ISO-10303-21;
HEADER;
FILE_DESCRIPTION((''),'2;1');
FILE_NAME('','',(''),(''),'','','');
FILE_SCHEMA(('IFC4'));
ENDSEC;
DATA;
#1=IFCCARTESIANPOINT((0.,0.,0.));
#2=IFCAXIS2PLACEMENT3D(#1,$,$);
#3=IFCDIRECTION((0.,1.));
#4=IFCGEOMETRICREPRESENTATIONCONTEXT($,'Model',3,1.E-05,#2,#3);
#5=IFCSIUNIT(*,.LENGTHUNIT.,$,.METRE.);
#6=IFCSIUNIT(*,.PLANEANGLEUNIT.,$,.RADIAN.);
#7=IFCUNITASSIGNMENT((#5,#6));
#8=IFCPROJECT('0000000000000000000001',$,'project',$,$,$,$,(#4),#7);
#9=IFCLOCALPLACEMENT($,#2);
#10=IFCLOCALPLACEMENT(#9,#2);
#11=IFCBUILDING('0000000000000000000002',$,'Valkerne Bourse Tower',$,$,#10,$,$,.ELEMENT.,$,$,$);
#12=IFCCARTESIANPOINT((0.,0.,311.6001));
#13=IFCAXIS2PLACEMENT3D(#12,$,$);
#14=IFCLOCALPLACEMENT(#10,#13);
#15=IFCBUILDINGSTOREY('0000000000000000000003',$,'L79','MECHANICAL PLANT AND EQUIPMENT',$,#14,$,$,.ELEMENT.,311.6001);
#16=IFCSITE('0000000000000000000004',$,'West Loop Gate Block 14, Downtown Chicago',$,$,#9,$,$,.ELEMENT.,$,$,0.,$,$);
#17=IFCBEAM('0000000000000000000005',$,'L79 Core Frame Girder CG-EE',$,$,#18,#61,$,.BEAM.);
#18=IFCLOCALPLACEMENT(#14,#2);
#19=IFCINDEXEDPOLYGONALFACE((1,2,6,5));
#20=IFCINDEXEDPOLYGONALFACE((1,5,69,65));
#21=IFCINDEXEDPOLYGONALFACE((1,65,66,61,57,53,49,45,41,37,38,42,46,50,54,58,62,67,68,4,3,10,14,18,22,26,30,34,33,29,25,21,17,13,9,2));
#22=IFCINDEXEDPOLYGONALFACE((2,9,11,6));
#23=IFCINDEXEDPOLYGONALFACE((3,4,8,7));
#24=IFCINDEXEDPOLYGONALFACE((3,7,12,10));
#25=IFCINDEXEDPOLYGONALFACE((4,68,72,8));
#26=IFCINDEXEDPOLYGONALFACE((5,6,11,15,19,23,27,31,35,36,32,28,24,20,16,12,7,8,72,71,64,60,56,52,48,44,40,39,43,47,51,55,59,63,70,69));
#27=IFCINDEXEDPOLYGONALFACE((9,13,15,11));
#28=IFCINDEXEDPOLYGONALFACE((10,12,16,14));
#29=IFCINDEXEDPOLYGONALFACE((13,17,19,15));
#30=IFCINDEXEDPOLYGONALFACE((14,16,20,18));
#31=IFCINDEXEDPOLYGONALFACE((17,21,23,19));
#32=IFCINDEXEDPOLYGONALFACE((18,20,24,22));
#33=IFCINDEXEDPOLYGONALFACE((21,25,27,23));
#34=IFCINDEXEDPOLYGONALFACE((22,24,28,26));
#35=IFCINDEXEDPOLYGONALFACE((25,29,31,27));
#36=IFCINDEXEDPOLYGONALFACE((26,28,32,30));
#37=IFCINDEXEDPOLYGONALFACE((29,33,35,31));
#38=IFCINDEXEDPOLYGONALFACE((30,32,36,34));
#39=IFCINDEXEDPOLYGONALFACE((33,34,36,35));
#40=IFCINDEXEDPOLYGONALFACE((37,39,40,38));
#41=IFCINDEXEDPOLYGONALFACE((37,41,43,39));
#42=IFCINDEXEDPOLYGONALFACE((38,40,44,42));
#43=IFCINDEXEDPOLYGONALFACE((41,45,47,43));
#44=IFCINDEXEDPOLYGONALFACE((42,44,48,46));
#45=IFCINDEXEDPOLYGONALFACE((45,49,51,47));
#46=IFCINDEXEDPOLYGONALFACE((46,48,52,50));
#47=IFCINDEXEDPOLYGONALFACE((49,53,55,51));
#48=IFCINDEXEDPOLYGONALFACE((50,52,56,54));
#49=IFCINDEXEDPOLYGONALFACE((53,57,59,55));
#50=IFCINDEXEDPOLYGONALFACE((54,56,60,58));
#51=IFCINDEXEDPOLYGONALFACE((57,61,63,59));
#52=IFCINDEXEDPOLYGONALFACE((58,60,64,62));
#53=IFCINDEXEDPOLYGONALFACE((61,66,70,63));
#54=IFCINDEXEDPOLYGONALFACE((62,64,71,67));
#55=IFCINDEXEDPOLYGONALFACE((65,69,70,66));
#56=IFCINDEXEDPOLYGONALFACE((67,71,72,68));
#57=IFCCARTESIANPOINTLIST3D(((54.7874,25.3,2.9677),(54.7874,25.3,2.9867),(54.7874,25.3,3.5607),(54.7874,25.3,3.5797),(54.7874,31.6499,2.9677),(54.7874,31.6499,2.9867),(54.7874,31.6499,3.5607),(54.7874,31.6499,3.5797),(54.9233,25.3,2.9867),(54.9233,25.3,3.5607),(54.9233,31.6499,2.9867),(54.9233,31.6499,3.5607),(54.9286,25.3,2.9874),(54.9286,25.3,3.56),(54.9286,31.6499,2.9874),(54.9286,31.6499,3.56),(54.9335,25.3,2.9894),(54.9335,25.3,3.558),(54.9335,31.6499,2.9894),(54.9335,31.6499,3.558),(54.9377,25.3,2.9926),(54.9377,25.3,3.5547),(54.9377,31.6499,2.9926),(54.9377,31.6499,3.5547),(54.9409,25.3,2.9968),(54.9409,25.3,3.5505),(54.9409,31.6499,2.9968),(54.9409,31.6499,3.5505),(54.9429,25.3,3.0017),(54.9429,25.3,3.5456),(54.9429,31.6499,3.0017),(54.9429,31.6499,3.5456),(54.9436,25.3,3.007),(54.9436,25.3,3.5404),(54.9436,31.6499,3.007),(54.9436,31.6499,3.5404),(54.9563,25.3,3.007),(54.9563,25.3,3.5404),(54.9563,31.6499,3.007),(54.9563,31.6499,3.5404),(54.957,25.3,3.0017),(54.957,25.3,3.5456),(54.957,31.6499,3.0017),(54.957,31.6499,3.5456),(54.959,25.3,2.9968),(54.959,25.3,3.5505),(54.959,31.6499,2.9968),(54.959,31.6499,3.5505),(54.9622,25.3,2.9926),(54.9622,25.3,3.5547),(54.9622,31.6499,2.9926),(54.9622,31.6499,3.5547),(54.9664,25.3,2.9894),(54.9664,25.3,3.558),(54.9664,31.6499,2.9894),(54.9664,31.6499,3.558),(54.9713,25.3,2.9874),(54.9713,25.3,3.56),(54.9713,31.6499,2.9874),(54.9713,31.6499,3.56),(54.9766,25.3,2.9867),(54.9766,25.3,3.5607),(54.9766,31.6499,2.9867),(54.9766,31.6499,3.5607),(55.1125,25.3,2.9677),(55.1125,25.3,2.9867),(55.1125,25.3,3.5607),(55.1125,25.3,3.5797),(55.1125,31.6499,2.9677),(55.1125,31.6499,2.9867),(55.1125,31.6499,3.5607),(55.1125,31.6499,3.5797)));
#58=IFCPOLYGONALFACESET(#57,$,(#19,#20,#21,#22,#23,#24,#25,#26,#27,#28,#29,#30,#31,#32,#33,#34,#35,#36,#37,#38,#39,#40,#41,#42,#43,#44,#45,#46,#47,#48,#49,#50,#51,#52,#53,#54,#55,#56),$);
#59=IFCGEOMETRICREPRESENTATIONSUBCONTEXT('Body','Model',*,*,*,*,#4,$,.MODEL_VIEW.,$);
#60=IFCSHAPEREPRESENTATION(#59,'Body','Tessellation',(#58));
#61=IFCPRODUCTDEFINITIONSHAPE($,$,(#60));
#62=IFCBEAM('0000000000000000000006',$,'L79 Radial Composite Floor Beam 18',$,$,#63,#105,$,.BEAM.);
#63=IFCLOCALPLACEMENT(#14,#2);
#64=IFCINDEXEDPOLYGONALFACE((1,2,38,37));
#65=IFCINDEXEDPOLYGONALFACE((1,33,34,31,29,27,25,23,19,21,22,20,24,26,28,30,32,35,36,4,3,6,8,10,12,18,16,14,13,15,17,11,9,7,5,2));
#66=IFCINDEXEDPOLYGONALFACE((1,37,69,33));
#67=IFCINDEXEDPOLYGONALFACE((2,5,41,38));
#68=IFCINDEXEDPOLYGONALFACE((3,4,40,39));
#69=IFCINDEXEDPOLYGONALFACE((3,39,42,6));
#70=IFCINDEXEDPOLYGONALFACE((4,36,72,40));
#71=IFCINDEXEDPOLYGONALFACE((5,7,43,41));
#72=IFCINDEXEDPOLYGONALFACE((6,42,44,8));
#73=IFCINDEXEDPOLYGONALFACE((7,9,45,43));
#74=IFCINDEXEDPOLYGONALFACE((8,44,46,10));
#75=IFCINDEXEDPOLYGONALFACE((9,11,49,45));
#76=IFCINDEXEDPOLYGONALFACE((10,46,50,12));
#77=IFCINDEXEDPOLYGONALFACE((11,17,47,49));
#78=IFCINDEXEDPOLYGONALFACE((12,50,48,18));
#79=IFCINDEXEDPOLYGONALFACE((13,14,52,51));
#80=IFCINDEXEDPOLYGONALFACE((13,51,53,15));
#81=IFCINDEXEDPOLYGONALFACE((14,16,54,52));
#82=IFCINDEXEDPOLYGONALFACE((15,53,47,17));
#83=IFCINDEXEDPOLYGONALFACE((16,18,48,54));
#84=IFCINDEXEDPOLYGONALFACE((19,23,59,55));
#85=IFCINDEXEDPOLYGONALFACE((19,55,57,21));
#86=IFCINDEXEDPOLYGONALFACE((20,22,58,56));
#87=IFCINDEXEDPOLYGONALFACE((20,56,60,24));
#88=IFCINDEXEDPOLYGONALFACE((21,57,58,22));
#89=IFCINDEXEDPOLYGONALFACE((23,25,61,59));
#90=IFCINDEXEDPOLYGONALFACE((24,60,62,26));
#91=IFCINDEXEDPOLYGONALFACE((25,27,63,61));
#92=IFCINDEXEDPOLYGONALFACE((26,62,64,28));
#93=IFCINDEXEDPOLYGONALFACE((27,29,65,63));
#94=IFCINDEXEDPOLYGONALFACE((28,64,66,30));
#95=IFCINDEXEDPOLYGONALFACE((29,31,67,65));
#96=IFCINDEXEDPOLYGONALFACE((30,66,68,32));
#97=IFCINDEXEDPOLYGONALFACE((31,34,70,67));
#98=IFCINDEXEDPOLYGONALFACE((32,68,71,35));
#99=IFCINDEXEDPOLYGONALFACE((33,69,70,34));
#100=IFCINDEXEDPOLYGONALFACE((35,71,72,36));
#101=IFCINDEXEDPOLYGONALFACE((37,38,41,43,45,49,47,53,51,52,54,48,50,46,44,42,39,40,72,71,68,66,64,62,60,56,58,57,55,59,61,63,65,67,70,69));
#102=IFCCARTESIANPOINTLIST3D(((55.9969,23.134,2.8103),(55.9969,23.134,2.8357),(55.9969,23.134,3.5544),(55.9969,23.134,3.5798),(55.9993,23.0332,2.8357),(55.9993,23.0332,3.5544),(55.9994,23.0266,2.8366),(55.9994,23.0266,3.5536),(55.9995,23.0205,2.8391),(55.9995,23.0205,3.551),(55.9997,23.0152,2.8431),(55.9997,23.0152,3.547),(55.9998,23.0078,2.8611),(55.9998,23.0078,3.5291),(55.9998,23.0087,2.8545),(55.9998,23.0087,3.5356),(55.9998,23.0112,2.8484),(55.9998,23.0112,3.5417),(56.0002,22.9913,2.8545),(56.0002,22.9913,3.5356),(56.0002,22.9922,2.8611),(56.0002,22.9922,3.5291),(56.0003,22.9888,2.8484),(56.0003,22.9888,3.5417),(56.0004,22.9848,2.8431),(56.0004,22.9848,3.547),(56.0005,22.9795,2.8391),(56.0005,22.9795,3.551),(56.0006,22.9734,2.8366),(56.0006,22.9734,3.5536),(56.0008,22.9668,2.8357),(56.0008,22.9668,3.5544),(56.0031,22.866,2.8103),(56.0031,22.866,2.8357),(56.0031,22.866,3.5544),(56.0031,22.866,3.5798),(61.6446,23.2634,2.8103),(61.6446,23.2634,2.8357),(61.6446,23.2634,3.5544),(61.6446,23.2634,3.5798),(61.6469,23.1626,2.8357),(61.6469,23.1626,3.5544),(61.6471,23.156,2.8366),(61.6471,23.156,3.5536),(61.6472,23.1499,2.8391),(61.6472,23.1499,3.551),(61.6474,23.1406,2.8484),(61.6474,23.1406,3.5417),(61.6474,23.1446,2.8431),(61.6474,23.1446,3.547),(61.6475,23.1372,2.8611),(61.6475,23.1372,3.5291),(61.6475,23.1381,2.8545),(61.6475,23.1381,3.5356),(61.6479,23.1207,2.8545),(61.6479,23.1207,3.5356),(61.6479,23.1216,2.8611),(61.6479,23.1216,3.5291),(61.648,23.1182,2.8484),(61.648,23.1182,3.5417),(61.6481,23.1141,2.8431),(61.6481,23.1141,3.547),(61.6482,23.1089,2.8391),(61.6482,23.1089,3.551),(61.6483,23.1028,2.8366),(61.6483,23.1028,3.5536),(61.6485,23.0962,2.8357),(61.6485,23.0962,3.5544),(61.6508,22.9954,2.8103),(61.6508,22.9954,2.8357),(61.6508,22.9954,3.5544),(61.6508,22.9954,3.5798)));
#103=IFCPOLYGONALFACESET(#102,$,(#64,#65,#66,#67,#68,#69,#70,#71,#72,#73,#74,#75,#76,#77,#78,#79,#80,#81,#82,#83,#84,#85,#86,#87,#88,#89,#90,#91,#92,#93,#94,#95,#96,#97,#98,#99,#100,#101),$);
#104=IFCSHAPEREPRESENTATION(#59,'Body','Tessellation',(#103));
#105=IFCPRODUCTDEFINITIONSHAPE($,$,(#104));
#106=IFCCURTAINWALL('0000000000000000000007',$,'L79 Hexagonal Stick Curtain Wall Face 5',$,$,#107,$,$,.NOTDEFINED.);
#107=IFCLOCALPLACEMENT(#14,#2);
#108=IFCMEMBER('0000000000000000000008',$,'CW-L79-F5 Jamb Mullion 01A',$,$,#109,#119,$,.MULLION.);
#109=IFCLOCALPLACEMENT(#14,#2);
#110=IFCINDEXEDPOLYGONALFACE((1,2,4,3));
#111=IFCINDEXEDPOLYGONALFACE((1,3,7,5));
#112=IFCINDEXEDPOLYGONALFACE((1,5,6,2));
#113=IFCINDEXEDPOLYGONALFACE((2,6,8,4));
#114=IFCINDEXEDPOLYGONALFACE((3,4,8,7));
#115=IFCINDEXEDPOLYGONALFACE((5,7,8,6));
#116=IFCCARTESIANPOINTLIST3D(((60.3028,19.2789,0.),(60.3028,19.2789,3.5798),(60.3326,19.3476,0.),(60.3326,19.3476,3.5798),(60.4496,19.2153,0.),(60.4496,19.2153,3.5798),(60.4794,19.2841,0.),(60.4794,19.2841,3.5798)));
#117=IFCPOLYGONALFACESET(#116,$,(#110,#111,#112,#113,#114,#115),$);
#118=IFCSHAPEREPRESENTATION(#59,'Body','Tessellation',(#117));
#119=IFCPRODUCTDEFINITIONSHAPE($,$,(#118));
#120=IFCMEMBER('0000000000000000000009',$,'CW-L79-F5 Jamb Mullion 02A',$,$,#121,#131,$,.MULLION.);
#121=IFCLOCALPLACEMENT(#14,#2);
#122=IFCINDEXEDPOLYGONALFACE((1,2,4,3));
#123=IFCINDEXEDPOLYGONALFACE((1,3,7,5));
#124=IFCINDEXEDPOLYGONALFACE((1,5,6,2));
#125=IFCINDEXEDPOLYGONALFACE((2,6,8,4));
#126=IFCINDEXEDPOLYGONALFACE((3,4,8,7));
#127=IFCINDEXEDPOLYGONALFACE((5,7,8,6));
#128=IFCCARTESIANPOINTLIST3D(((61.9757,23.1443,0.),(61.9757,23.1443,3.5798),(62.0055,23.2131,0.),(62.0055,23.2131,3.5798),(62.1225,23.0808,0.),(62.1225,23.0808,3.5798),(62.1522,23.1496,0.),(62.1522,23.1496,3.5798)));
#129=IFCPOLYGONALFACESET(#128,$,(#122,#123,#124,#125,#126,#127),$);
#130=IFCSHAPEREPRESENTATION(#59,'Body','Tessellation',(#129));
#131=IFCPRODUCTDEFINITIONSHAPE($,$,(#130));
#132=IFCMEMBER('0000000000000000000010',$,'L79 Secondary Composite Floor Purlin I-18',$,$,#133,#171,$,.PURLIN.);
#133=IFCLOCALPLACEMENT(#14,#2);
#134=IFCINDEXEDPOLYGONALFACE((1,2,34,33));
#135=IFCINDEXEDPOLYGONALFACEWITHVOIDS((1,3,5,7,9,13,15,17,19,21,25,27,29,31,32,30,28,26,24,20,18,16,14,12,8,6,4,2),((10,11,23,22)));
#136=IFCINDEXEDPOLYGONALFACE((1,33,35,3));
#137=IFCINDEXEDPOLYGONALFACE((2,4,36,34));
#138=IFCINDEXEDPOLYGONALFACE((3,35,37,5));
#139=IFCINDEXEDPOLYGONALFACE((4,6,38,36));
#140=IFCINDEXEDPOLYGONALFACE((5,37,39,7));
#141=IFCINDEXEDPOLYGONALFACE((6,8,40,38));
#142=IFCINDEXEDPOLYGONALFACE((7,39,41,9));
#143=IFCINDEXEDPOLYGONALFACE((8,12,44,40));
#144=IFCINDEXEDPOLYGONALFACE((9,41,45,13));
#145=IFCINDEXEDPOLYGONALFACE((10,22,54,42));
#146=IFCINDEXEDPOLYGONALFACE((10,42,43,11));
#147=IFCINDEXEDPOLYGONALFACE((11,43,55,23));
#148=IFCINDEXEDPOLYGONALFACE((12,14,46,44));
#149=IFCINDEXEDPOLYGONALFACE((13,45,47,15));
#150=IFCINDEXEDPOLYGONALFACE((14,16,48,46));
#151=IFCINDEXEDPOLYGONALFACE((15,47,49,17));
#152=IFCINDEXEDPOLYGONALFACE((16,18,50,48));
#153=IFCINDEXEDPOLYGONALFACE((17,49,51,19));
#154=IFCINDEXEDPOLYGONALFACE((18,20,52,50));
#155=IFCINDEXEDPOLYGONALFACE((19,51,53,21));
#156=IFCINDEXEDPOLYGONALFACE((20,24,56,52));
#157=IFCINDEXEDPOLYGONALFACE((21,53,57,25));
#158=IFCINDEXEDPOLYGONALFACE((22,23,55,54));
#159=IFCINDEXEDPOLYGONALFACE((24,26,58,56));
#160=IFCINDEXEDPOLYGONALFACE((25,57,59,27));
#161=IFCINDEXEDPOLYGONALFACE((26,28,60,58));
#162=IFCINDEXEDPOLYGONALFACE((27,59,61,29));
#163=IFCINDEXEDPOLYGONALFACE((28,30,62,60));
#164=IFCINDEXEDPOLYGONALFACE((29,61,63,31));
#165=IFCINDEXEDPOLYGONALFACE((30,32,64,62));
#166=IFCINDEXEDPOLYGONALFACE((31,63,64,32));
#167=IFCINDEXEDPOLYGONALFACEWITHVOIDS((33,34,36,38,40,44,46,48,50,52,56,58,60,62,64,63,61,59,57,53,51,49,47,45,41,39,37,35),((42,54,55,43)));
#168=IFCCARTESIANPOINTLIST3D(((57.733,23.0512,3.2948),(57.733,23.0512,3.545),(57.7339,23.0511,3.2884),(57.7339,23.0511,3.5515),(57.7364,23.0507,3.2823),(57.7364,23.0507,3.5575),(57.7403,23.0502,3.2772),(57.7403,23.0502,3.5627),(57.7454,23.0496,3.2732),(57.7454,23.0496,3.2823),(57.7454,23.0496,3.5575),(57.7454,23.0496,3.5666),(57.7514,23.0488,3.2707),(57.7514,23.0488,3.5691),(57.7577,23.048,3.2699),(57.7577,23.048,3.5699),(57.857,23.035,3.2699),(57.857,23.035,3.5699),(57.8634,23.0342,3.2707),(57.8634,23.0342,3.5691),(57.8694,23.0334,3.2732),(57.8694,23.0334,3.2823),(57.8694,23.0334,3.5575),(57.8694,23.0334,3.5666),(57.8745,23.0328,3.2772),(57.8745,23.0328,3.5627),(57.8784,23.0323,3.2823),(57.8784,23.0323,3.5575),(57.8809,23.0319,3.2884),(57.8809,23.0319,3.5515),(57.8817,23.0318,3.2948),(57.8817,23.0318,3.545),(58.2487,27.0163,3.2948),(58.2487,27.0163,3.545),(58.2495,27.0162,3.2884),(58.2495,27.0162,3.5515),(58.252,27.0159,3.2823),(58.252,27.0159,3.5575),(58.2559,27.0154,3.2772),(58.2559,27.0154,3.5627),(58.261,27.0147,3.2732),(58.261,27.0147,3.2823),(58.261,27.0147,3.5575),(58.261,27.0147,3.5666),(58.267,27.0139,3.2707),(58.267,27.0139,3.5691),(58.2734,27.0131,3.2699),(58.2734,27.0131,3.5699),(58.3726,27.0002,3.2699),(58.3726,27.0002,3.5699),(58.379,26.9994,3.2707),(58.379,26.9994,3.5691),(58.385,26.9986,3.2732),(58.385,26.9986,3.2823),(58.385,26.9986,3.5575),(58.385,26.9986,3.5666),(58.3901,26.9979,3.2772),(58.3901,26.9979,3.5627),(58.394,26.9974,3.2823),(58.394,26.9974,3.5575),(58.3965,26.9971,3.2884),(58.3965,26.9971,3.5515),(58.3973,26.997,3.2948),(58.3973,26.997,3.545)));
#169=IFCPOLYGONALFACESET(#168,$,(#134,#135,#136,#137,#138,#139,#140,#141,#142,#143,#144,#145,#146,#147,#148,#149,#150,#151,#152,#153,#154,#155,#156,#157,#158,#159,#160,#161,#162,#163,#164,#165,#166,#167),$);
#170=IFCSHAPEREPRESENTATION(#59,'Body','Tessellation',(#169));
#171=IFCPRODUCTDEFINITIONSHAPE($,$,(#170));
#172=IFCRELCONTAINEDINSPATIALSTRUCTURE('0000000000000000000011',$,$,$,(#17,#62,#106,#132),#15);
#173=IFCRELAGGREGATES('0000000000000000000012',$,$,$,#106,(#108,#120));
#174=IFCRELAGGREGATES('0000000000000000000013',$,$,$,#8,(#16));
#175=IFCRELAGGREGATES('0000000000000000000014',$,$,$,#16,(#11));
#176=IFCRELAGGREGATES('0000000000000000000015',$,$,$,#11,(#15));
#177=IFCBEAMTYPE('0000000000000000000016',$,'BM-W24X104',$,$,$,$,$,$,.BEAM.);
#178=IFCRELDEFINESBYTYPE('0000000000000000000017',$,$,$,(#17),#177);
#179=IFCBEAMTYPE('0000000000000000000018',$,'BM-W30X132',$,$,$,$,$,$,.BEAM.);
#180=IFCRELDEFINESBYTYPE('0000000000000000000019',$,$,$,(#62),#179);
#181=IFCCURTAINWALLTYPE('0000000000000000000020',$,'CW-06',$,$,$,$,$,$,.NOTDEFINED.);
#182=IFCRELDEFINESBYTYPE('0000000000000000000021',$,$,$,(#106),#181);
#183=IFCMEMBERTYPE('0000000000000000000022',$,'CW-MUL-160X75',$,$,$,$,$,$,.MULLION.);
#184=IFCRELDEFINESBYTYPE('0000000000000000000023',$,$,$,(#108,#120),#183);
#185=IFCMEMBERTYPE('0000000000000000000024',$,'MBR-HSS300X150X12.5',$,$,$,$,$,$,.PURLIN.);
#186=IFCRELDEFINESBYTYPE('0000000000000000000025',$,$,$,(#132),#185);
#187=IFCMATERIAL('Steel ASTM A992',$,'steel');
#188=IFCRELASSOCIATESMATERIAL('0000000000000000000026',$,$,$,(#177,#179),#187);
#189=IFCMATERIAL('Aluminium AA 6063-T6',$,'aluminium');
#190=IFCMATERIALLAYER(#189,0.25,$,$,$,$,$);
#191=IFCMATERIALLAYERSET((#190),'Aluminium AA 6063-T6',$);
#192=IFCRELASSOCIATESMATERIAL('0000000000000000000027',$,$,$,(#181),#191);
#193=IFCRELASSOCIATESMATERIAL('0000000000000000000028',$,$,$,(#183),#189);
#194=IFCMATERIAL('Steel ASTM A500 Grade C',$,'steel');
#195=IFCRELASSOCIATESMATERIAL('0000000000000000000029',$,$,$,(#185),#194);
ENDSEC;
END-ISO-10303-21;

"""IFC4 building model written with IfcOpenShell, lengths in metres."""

from ifc_helpers import new_model, si_unit, direction, frame, origin, origin_2d, place, context, subcontext, project, spatial, rectangle, hollow_rectangle, i_section, extrude, material, layer, layer_set, material_profile, profile_set, type_object, element, aggregate, save


model = new_model("IFC4")

# Units and contexts
model_context = context("Model", 3, precision=1e-05, world=origin(), true_north=direction((0.0, 1.0)))
body_context = subcontext(model_context, "Body", "Model", "MODEL_VIEW")
ifc_project = project(units=[si_unit("LENGTHUNIT", "METRE"), si_unit("PLANEANGLEUNIT", "RADIAN")], contexts=[model_context])

# Site, building, storey
site_placement = place(None, origin())
site = spatial("IfcSite", under=ifc_project, at=site_placement, Name="West Loop Gate Block 14, Downtown Chicago", CompositionType="ELEMENT", RefElevation=0.0)
building_placement = place(site_placement, origin())
building = spatial("IfcBuilding", under=site, at=building_placement, Name="Valkerne Bourse Tower", CompositionType="ELEMENT")
storey_placement = place(building_placement, frame((0.0, 0.0, 311.6001)))
storey = spatial("IfcBuildingStorey", under=building, at=storey_placement, Name="L79", Description="MECHANICAL PLANT AND EQUIPMENT", CompositionType="ELEMENT", Elevation=311.6001)

# Shared definitions
ifc_material_1 = material(Name="Steel ASTM A500 Grade C", Category="steel")

# Beams
ifc_material_2 = material(Name="Steel ASTM A992", Category="steel")
ifc_material_profile_1 = material_profile(ifc_material_2, i_section(OverallWidth=0.3252, OverallDepth=0.6121, WebThickness=0.0127, FlangeThickness=0.019, FilletRadius=0.0203, at=origin_2d()), Name="W24X104")
ifc_profile_set_1 = profile_set([ifc_material_profile_1], Name="Steel ASTM A992")
beam_type_1 = type_object("IfcBeamType", Name="BM-W24X104", PredefinedType="BEAM", material=ifc_profile_set_1)
beam_1_placement = place(storey_placement, frame((54.95, 25.3, 3.2737), z_axis=(0.0, 1.0, 0.0), x_axis=(-1.0, 0.0, 0.0)))
element("IfcBeam", 1, at=beam_1_placement, inside=storey, type_object=beam_type_1, Name="L79 Core Frame Girder CG-EE", PredefinedType="BEAM", context=body_context, shape_type="SweptSolid", body=[
    extrude(i_section(OverallWidth=0.3252, OverallDepth=0.6121, WebThickness=0.0127, FlangeThickness=0.019, FilletRadius=0.0203, at=origin_2d()), origin(), (0.0, 0.0, 1.0), 6.3499),
])
ifc_material_profile_2 = material_profile(ifc_material_2, i_section(OverallWidth=0.2681, OverallDepth=0.7695, WebThickness=0.0156, FlangeThickness=0.0254, FilletRadius=0.0254, at=origin_2d()), Name="W30X132")
ifc_profile_set_2 = profile_set([ifc_material_profile_2], Name="Steel ASTM A992")
beam_type_2 = type_object("IfcBeamType", Name="BM-W30X132", PredefinedType="BEAM", material=ifc_profile_set_2)
beam_2_placement = place(storey_placement, frame((61.6477, 23.1294, 3.1951), z_axis=(-0.999738, -0.022905, 0.0), x_axis=(0.022905, -0.999738, 0.0)))
element("IfcBeam", 2, at=beam_2_placement, inside=storey, type_object=beam_type_2, Name="L79 Radial Composite Floor Beam 18", PredefinedType="BEAM", context=body_context, shape_type="SweptSolid", body=[
    extrude(i_section(OverallWidth=0.2681, OverallDepth=0.7695, WebThickness=0.0156, FlangeThickness=0.0254, FilletRadius=0.0254, at=origin_2d()), origin(), (0.0, 0.0, 1.0), 5.6492),
])

# Curtain wall, members
ifc_material_3 = material(Name="Aluminium AA 6063-T6", Category="aluminium")
ifc_layer_1 = layer(ifc_material_3, 0.25)
ifc_layer_set_1 = layer_set([ifc_layer_1], Name="Aluminium AA 6063-T6")
curtain_wall_type = type_object("IfcCurtainWallType", Name="CW-06", PredefinedType="NOTDEFINED", material=ifc_layer_set_1)
curtain_wall_placement = place(storey_placement, origin())
curtain_wall = element("IfcCurtainWall", 3, at=curtain_wall_placement, inside=storey, type_object=curtain_wall_type, Name="L79 Hexagonal Stick Curtain Wall Face 5", PredefinedType="NOTDEFINED")
ifc_material_profile_3 = material_profile(ifc_material_3, rectangle(XDim=0.075, YDim=0.1599, at=origin_2d()), Name="CWM-75X160")
ifc_profile_set_3 = profile_set([ifc_material_profile_3], Name="Aluminium AA 6063-T6")
member_type_1 = type_object("IfcMemberType", Name="CW-MUL-160X75", PredefinedType="MULLION", material=ifc_profile_set_3)
member_1_placement = place(storey_placement, frame((60.3911, 19.2815, 0.0), z_axis=(0.0, 0.0, 1.0), x_axis=(0.397158, 0.91775, 0.0)))
member_1 = element("IfcMember", 4, at=member_1_placement, type_object=member_type_1, Name="CW-L79-F5 Jamb Mullion 01A", PredefinedType="MULLION", context=body_context, shape_type="SweptSolid", body=[
    extrude(rectangle(XDim=0.075, YDim=0.1599, at=origin_2d()), origin(), (0.0, 0.0, 1.0), 3.5798),
])
member_2_placement = place(storey_placement, frame((62.064, 23.147, 0.0), z_axis=(0.0, 0.0, 1.0), x_axis=(0.397149, 0.917754, 0.0)))
member_2 = element("IfcMember", 5, at=member_2_placement, type_object=member_type_1, Name="CW-L79-F5 Jamb Mullion 02A", PredefinedType="MULLION", context=body_context, shape_type="SweptSolid", body=[
    extrude(rectangle(XDim=0.075, YDim=0.1599, at=origin_2d()), origin(), (0.0, 0.0, 1.0), 3.5798),
])

# Member
ifc_material_profile_4 = material_profile(ifc_material_1, hollow_rectangle(XDim=0.1499, YDim=0.3, WallThickness=0.0125, OuterFilletRadius=0.0249, at=origin_2d()), Name="HSS300X150X12.5")
ifc_profile_set_4 = profile_set([ifc_material_profile_4], Name="Steel ASTM A500 Grade C")
member_type_2 = type_object("IfcMemberType", Name="MBR-HSS300X150X12.5", PredefinedType="PURLIN", material=ifc_profile_set_4)
member_3_placement = place(storey_placement, frame((57.8074, 23.0415, 3.4199), z_axis=(0.128955, 0.99165, 0.0), x_axis=(-0.99165, 0.128955, 0.0)))
element("IfcMember", 6, at=member_3_placement, inside=storey, type_object=member_type_2, Name="L79 Secondary Composite Floor Purlin I-18", PredefinedType="PURLIN", context=body_context, shape_type="SweptSolid", body=[
    extrude(hollow_rectangle(XDim=0.1499, YDim=0.3, WallThickness=0.0125, OuterFilletRadius=0.0249, at=origin_2d()), origin(), (0.0, 0.0, 1.0), 3.9985),
])

aggregate(curtain_wall, [member_1, member_2])

save(model, "model.ifc")
